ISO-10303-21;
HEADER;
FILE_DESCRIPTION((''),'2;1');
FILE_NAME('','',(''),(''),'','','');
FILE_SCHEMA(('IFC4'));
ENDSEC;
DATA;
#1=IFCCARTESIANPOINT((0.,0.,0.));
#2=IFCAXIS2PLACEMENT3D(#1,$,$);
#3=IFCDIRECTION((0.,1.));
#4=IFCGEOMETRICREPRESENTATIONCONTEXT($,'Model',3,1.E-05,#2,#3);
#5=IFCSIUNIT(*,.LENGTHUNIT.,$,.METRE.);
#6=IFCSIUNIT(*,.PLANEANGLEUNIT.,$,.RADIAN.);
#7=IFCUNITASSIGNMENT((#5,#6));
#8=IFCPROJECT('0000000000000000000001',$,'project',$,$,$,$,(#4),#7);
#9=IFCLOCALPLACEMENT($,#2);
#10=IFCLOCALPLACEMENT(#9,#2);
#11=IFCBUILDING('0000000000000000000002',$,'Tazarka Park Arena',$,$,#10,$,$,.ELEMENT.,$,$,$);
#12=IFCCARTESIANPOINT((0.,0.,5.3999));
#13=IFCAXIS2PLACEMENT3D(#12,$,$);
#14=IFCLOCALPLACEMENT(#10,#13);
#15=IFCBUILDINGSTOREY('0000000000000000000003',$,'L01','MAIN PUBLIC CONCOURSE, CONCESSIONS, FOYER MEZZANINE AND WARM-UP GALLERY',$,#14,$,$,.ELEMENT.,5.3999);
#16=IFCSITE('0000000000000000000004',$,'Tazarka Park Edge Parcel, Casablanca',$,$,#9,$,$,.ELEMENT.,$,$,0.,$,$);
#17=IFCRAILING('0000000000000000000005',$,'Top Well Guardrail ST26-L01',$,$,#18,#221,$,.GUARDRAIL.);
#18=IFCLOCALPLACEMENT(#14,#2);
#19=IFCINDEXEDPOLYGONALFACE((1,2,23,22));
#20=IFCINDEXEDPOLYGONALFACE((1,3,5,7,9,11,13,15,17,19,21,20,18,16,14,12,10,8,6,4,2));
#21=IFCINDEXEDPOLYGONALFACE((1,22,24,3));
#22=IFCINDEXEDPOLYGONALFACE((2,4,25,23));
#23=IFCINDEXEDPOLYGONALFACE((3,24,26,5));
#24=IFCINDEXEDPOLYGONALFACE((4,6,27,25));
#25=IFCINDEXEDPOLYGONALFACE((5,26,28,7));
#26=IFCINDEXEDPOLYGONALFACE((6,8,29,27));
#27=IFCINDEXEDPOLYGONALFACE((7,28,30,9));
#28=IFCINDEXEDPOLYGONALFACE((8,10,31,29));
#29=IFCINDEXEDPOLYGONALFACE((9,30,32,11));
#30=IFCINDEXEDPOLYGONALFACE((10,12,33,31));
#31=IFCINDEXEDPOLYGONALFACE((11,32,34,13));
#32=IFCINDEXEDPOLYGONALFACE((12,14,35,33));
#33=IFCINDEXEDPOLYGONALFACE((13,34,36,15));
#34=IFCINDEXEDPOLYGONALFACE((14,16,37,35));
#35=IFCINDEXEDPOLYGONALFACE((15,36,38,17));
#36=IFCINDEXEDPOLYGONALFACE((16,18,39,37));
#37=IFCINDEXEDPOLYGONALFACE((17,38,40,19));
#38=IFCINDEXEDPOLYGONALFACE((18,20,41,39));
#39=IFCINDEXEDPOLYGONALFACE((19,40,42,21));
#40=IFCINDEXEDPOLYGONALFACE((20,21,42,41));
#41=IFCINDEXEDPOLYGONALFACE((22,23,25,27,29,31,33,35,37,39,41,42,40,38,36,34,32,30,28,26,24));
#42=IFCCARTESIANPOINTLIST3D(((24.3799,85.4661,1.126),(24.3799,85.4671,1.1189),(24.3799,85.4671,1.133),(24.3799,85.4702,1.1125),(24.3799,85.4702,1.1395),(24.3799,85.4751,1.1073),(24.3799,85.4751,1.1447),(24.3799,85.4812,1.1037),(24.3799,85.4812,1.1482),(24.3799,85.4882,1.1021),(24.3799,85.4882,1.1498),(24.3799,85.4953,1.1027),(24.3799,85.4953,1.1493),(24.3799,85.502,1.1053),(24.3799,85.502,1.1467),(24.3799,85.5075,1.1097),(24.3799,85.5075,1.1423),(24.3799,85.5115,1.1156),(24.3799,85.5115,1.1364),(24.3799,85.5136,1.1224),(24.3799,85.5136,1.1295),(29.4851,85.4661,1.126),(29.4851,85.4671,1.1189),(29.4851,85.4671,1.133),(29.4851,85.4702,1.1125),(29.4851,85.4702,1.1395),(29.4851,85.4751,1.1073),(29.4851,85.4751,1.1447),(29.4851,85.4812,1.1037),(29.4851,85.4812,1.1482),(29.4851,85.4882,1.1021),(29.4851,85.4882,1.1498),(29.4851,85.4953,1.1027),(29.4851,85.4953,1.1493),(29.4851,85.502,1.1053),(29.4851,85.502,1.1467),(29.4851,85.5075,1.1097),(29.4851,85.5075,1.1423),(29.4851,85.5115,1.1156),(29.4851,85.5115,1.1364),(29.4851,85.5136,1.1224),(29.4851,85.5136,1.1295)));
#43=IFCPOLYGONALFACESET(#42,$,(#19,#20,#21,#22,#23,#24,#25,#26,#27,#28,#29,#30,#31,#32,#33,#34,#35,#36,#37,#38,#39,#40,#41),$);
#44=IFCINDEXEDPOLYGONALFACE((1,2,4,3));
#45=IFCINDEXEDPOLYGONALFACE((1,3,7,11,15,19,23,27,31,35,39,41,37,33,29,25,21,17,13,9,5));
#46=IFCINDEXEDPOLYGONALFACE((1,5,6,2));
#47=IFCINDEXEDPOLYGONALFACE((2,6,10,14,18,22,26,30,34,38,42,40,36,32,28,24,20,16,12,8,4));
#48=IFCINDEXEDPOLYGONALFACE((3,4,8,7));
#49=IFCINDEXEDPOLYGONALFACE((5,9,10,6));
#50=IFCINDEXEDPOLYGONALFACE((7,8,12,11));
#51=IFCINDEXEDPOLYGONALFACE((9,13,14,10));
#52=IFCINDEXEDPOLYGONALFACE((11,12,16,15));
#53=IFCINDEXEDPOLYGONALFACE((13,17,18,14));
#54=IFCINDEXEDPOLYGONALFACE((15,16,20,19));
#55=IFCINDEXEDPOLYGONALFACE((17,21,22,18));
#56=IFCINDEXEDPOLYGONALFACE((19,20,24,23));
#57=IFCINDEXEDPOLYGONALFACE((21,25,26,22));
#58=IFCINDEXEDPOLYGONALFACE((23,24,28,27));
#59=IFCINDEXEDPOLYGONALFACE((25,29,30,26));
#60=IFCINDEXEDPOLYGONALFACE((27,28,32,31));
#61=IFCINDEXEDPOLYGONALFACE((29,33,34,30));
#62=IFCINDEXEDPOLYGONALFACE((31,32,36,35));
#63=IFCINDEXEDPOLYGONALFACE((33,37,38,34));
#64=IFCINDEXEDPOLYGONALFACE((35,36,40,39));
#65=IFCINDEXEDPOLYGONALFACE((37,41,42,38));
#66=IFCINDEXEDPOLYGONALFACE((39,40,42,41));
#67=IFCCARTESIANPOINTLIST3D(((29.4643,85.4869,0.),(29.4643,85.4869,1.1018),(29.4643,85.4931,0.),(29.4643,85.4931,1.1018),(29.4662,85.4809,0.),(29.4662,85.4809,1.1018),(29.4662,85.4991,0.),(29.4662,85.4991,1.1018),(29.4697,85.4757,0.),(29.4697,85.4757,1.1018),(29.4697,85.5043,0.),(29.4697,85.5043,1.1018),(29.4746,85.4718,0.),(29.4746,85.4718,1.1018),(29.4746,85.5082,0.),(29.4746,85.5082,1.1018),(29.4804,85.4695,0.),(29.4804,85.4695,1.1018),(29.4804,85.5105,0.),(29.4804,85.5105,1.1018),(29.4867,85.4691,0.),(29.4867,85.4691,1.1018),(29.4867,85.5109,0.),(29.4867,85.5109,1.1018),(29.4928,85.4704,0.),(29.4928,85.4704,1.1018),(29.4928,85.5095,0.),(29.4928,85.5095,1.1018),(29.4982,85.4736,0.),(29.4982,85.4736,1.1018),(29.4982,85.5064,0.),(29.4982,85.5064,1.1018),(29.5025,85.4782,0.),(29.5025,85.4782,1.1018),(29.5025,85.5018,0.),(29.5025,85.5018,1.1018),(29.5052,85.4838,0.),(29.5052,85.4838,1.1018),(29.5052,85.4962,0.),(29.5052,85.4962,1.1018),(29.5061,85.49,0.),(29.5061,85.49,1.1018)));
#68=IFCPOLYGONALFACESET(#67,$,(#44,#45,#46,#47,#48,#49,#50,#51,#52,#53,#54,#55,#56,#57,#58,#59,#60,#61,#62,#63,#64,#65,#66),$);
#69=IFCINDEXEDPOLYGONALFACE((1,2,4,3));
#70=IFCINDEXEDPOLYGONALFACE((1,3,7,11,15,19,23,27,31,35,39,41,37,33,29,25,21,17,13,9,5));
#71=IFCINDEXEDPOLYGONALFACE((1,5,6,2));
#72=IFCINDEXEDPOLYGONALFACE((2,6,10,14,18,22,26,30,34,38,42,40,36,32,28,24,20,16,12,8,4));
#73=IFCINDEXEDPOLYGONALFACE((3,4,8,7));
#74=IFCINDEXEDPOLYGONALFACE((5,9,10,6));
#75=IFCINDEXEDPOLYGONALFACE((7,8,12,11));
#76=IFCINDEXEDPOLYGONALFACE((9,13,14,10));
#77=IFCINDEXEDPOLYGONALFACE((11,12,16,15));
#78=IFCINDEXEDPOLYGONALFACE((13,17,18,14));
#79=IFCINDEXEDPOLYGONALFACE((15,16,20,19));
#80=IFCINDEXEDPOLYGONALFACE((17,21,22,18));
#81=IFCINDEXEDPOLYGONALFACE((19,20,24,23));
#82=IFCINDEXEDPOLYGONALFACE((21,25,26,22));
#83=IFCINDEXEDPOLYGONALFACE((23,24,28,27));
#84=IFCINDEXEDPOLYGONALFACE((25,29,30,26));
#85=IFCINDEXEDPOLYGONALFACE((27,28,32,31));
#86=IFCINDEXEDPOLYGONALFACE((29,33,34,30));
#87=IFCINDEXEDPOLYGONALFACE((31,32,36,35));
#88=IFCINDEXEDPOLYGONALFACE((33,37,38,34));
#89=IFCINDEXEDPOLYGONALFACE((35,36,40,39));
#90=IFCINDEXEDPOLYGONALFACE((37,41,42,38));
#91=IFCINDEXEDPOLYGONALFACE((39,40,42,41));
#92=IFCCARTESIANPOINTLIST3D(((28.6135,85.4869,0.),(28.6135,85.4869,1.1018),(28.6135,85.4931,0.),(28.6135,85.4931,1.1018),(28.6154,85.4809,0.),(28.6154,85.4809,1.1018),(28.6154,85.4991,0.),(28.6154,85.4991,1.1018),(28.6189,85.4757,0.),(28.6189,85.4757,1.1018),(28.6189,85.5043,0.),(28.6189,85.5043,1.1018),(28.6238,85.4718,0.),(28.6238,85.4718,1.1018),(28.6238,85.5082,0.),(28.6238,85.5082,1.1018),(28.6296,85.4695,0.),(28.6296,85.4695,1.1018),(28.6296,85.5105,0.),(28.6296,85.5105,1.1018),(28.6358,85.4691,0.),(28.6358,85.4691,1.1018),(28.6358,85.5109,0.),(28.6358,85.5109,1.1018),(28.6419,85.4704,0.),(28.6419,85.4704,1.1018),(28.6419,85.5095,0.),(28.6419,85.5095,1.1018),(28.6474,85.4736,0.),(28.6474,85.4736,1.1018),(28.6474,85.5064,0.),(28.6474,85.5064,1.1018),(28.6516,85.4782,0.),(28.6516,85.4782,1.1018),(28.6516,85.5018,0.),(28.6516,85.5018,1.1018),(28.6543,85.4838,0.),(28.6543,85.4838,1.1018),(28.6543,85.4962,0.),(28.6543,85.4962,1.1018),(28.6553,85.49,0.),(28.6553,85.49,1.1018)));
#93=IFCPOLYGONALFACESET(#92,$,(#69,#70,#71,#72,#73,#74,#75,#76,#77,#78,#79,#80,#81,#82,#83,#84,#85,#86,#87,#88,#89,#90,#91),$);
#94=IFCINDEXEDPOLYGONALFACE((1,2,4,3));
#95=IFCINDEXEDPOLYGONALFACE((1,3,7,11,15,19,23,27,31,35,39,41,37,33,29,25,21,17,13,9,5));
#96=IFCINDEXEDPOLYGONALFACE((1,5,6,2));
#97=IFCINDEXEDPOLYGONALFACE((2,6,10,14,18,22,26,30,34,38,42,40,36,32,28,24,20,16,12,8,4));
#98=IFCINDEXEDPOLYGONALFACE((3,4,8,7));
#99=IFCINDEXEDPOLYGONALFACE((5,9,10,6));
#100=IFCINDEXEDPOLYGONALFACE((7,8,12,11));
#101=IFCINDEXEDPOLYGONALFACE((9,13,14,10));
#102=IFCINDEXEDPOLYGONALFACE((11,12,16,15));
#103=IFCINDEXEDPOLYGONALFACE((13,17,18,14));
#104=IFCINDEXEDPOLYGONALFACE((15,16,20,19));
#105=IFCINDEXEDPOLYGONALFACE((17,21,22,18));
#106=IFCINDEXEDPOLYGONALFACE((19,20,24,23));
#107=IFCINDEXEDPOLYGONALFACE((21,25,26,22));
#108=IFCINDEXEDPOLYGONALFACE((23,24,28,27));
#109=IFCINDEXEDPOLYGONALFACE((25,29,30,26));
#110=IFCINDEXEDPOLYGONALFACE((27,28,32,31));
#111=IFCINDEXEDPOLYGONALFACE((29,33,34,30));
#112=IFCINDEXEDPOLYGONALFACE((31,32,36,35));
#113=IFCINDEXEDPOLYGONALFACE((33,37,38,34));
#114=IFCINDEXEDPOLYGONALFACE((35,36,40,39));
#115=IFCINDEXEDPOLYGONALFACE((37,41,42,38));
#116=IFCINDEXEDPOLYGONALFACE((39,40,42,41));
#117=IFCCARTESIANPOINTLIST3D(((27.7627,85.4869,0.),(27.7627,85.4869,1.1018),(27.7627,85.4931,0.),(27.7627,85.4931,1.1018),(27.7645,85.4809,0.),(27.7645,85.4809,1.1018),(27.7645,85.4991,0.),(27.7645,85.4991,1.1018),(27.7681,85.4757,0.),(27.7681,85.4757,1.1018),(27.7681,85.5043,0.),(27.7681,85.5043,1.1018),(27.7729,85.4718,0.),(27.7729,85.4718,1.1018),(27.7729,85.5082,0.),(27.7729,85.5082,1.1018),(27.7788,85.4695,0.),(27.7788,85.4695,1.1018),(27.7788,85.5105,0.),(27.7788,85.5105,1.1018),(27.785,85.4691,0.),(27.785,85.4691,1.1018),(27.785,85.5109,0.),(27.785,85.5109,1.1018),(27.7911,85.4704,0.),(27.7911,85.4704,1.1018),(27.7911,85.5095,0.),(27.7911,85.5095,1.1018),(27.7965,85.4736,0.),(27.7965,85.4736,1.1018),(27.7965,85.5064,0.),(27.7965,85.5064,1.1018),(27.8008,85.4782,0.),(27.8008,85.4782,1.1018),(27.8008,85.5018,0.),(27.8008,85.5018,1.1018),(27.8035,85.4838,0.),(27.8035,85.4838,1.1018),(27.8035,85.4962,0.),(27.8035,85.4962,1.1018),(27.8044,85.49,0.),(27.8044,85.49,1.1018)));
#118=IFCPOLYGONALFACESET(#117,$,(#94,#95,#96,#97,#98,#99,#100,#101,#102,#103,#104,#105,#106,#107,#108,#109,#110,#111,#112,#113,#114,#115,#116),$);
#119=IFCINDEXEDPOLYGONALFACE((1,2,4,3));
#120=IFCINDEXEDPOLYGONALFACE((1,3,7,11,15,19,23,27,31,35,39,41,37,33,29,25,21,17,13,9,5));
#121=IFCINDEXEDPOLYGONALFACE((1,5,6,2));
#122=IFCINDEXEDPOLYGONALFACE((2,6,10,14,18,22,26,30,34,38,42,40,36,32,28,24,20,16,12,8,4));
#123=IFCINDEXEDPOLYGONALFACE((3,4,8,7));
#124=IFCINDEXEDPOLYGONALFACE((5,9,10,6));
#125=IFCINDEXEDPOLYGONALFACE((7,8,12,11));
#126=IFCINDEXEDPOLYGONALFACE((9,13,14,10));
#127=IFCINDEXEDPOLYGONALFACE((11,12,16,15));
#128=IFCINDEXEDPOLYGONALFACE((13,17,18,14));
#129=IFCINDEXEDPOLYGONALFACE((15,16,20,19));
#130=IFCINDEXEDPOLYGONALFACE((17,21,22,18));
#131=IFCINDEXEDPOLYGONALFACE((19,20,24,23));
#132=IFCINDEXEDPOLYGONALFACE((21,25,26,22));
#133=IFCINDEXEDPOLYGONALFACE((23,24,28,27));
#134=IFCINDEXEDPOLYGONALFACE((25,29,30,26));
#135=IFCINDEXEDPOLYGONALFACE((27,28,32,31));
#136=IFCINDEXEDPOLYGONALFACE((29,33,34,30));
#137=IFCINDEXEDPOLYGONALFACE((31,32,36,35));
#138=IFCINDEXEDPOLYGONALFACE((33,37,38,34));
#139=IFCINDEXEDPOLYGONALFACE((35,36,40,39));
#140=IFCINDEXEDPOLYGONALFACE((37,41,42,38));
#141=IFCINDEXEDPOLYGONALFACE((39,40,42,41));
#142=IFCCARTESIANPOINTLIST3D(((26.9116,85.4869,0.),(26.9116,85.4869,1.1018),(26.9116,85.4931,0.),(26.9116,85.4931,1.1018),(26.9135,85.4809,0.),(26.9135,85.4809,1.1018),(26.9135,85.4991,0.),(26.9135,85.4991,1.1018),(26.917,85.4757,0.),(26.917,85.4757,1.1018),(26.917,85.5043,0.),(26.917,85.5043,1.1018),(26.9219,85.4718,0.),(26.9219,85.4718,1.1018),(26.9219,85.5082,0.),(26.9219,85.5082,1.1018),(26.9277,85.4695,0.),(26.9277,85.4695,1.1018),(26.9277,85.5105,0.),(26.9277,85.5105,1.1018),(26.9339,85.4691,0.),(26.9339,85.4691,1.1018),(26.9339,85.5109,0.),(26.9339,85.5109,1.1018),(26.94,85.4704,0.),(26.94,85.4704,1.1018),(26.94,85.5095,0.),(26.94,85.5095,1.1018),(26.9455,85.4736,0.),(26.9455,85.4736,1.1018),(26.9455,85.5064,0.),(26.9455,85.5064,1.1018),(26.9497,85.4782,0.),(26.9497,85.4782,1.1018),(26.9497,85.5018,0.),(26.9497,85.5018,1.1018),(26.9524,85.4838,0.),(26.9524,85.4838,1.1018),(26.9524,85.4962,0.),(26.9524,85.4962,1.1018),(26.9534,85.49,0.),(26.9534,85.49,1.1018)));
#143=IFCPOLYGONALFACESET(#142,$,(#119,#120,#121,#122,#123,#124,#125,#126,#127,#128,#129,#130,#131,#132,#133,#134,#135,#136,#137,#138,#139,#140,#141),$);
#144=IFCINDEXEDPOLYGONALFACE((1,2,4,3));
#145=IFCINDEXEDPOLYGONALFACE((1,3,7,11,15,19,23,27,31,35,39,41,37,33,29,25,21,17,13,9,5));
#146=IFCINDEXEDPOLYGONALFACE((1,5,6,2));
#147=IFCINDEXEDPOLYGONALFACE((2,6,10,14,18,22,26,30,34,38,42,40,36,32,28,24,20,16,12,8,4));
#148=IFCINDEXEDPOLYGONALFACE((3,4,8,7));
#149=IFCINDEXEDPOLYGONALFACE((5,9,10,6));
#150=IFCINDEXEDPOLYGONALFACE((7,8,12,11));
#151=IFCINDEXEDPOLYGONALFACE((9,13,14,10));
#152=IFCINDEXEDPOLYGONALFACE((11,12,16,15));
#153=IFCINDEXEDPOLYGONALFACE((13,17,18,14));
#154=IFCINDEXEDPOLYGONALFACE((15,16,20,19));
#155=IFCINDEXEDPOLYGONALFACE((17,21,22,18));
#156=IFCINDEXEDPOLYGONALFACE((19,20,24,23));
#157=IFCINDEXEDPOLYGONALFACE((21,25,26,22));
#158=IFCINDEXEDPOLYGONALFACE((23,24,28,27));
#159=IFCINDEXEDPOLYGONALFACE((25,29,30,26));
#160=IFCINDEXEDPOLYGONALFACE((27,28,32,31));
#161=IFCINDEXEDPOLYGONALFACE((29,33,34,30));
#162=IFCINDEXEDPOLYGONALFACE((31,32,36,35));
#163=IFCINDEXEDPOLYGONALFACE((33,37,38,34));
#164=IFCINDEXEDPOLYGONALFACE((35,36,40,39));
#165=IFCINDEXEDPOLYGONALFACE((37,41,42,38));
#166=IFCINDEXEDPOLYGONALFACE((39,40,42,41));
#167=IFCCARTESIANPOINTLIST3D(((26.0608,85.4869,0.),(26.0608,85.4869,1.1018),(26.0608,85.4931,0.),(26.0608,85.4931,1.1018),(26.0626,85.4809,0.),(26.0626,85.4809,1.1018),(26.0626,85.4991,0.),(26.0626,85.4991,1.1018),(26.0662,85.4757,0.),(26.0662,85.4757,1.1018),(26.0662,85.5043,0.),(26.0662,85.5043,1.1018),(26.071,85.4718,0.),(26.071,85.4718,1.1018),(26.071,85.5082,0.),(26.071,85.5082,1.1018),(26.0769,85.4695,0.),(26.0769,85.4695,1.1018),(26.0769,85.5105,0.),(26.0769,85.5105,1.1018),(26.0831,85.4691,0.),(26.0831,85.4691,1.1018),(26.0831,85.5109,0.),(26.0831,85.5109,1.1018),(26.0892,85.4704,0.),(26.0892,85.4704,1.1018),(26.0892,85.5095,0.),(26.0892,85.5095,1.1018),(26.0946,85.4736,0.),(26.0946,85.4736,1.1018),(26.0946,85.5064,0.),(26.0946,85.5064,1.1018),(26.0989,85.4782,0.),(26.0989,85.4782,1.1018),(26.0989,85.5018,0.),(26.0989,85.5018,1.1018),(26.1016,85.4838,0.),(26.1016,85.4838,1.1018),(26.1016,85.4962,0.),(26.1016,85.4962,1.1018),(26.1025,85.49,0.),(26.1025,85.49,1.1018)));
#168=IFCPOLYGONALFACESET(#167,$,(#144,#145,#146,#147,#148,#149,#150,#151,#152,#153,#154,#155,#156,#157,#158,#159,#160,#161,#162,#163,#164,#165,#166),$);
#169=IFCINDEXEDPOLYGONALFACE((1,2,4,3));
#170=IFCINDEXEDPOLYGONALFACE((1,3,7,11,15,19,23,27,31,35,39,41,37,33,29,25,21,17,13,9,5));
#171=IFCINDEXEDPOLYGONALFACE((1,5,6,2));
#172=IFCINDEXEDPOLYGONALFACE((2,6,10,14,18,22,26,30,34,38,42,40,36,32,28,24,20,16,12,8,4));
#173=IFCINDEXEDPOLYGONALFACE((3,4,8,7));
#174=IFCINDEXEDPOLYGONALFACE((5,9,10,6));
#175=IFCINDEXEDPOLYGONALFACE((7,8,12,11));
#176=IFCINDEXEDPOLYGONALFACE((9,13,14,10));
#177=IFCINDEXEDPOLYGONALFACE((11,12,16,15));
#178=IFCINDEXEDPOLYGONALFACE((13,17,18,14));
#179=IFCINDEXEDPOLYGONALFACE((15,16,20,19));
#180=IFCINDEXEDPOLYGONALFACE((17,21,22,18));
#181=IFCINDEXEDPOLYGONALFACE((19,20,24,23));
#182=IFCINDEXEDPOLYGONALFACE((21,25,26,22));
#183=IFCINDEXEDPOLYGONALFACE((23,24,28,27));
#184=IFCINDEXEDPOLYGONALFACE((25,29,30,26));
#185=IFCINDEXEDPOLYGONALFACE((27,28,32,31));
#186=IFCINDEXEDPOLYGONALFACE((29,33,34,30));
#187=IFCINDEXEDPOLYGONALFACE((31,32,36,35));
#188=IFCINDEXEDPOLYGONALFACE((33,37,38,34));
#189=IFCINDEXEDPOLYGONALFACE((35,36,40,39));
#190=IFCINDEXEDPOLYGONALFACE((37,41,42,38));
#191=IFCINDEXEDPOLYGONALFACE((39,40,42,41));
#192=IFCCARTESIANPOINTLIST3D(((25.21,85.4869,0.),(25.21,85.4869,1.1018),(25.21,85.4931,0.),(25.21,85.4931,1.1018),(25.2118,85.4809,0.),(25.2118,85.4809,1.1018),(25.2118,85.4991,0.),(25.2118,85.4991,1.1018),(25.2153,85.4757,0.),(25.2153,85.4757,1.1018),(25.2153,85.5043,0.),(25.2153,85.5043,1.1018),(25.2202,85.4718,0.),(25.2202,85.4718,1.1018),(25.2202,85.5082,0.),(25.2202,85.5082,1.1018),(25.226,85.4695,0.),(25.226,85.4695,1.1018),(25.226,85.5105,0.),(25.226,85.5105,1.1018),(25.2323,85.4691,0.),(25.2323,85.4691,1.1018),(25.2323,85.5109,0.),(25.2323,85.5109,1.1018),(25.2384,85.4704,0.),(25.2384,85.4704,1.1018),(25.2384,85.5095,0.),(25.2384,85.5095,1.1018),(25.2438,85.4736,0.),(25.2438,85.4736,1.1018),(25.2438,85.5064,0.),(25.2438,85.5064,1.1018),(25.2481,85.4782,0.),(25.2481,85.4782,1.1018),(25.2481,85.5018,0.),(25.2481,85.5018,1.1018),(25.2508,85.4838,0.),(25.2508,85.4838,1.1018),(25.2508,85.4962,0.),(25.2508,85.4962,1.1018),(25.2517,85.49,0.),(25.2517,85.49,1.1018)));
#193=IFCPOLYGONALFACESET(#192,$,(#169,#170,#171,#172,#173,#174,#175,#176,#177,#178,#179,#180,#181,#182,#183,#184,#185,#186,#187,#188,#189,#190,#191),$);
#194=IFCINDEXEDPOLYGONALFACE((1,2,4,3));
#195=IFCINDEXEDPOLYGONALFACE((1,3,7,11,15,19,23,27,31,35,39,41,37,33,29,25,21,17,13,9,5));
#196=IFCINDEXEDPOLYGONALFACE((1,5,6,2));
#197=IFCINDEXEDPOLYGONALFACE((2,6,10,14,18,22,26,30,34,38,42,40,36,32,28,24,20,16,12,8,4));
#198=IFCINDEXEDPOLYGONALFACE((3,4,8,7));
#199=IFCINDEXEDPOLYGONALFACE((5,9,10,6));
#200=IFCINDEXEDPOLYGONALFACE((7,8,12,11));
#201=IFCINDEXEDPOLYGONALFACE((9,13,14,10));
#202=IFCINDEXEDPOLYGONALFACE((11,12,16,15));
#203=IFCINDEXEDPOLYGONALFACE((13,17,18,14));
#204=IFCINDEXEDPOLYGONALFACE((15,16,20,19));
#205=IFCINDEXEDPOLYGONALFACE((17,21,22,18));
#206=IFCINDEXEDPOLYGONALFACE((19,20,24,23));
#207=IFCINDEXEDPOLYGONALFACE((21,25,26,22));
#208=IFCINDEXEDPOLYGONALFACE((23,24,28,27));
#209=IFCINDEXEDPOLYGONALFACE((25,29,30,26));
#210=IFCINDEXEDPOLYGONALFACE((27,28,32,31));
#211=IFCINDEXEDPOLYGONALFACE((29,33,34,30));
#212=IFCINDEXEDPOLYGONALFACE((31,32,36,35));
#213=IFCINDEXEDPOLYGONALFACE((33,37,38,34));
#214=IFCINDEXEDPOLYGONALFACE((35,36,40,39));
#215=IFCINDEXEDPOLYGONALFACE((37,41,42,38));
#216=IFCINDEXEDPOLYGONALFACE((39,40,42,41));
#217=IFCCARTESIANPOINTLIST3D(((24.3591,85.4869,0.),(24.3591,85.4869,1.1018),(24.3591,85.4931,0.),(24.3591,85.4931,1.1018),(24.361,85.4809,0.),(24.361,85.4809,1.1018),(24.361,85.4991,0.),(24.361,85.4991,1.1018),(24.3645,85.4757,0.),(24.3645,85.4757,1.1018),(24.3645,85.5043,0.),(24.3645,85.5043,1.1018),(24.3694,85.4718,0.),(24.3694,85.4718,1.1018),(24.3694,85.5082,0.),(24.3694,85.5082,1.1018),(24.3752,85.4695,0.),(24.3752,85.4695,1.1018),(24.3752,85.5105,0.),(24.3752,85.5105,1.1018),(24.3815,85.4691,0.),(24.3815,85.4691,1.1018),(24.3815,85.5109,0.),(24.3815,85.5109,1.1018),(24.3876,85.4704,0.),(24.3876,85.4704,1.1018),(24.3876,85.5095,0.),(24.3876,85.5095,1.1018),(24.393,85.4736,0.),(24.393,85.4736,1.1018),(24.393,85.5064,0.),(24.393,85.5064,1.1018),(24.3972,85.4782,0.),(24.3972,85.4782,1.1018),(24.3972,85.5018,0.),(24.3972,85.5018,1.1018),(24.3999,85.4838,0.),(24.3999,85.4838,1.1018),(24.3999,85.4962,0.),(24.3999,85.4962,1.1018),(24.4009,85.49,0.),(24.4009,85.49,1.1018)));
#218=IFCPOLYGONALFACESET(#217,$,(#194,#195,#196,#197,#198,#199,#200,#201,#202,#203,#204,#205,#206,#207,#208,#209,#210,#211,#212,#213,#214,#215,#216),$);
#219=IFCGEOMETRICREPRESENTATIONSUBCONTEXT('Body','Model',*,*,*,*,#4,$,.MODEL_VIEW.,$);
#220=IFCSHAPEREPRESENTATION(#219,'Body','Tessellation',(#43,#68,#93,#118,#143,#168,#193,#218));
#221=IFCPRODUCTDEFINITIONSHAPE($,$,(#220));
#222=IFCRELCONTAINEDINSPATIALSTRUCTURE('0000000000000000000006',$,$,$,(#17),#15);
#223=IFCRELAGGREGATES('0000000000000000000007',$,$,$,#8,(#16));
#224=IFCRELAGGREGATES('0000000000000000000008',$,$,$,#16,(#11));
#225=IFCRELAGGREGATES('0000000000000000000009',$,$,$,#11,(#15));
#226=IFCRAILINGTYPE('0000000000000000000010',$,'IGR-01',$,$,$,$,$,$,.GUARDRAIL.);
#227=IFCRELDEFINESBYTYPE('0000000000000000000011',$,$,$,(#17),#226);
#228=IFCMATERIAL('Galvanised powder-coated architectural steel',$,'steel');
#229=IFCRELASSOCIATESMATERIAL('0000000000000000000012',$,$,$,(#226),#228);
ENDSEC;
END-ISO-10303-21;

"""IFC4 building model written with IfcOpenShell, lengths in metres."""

from ifc_helpers import new_model, si_unit, direction, frame, origin, origin_2d, place, context, subcontext, project, spatial, circle, extrude, material, type_object, element, save


model = new_model("IFC4")

# Units and contexts
model_context = context("Model", 3, precision=1e-05, world=origin(), true_north=direction((0.0, 1.0)))
body_context = subcontext(model_context, "Body", "Model", "MODEL_VIEW")
ifc_project = project(units=[si_unit("LENGTHUNIT", "METRE"), si_unit("PLANEANGLEUNIT", "RADIAN")], contexts=[model_context])

# Site, building, storey
site_placement = place(None, origin())
site = spatial("IfcSite", under=ifc_project, at=site_placement, Name="Tazarka Park Edge Parcel, Casablanca", CompositionType="ELEMENT", RefElevation=0.0)
building_placement = place(site_placement, origin())
building = spatial("IfcBuilding", under=site, at=building_placement, Name="Tazarka Park Arena", CompositionType="ELEMENT")
storey_placement = place(building_placement, frame((0.0, 0.0, 5.3999)))
storey = spatial("IfcBuildingStorey", under=building, at=storey_placement, Name="L01", Description="MAIN PUBLIC CONCOURSE, CONCESSIONS, FOYER MEZZANINE AND WARM-UP GALLERY", CompositionType="ELEMENT", Elevation=5.3999)

# Railing
ifc_material_1 = material(Name="Galvanised powder-coated architectural steel", Category="steel")
railing_type = type_object("IfcRailingType", Name="IGR-01", PredefinedType="GUARDRAIL", material=ifc_material_1)
railing_1_placement = place(storey_placement, frame((29.4851, 85.49, 0.0)))
element("IfcRailing", 1, at=railing_1_placement, inside=storey, type_object=railing_type, Name="Top Well Guardrail ST26-L01", PredefinedType="GUARDRAIL", context=body_context, shape_type="SweptSolid", body=[
    extrude(circle(Radius=0.0239, at=origin_2d()), frame((0.0, 0.0, 1.126), z_axis=(-1.0, 0.0, 0.0), x_axis=(0.0, -1.0, 0.0)), (0.0, 0.0, 1.0), 5.1052),
    extrude(circle(Radius=0.021, at=origin_2d()), origin(), (0.0, 0.0, 1.0), 1.1018),
    extrude(circle(Radius=0.021, at=origin_2d()), frame((-0.8508, 0.0, 0.0)), (0.0, 0.0, 1.0), 1.1018),
    extrude(circle(Radius=0.021, at=origin_2d()), frame((-1.7017, 0.0, 0.0)), (0.0, 0.0, 1.0), 1.1018),
    extrude(circle(Radius=0.021, at=origin_2d()), frame((-2.5527, 0.0, 0.0)), (0.0, 0.0, 1.0), 1.1018),
    extrude(circle(Radius=0.021, at=origin_2d()), frame((-3.4036, 0.0, 0.0)), (0.0, 0.0, 1.0), 1.1018),
    extrude(circle(Radius=0.021, at=origin_2d()), frame((-4.2544, 0.0, 0.0)), (0.0, 0.0, 1.0), 1.1018),
    extrude(circle(Radius=0.021, at=origin_2d()), frame((-5.1052, 0.0, 0.0)), (0.0, 0.0, 1.0), 1.1018),
])

save(model, "model.ifc")
